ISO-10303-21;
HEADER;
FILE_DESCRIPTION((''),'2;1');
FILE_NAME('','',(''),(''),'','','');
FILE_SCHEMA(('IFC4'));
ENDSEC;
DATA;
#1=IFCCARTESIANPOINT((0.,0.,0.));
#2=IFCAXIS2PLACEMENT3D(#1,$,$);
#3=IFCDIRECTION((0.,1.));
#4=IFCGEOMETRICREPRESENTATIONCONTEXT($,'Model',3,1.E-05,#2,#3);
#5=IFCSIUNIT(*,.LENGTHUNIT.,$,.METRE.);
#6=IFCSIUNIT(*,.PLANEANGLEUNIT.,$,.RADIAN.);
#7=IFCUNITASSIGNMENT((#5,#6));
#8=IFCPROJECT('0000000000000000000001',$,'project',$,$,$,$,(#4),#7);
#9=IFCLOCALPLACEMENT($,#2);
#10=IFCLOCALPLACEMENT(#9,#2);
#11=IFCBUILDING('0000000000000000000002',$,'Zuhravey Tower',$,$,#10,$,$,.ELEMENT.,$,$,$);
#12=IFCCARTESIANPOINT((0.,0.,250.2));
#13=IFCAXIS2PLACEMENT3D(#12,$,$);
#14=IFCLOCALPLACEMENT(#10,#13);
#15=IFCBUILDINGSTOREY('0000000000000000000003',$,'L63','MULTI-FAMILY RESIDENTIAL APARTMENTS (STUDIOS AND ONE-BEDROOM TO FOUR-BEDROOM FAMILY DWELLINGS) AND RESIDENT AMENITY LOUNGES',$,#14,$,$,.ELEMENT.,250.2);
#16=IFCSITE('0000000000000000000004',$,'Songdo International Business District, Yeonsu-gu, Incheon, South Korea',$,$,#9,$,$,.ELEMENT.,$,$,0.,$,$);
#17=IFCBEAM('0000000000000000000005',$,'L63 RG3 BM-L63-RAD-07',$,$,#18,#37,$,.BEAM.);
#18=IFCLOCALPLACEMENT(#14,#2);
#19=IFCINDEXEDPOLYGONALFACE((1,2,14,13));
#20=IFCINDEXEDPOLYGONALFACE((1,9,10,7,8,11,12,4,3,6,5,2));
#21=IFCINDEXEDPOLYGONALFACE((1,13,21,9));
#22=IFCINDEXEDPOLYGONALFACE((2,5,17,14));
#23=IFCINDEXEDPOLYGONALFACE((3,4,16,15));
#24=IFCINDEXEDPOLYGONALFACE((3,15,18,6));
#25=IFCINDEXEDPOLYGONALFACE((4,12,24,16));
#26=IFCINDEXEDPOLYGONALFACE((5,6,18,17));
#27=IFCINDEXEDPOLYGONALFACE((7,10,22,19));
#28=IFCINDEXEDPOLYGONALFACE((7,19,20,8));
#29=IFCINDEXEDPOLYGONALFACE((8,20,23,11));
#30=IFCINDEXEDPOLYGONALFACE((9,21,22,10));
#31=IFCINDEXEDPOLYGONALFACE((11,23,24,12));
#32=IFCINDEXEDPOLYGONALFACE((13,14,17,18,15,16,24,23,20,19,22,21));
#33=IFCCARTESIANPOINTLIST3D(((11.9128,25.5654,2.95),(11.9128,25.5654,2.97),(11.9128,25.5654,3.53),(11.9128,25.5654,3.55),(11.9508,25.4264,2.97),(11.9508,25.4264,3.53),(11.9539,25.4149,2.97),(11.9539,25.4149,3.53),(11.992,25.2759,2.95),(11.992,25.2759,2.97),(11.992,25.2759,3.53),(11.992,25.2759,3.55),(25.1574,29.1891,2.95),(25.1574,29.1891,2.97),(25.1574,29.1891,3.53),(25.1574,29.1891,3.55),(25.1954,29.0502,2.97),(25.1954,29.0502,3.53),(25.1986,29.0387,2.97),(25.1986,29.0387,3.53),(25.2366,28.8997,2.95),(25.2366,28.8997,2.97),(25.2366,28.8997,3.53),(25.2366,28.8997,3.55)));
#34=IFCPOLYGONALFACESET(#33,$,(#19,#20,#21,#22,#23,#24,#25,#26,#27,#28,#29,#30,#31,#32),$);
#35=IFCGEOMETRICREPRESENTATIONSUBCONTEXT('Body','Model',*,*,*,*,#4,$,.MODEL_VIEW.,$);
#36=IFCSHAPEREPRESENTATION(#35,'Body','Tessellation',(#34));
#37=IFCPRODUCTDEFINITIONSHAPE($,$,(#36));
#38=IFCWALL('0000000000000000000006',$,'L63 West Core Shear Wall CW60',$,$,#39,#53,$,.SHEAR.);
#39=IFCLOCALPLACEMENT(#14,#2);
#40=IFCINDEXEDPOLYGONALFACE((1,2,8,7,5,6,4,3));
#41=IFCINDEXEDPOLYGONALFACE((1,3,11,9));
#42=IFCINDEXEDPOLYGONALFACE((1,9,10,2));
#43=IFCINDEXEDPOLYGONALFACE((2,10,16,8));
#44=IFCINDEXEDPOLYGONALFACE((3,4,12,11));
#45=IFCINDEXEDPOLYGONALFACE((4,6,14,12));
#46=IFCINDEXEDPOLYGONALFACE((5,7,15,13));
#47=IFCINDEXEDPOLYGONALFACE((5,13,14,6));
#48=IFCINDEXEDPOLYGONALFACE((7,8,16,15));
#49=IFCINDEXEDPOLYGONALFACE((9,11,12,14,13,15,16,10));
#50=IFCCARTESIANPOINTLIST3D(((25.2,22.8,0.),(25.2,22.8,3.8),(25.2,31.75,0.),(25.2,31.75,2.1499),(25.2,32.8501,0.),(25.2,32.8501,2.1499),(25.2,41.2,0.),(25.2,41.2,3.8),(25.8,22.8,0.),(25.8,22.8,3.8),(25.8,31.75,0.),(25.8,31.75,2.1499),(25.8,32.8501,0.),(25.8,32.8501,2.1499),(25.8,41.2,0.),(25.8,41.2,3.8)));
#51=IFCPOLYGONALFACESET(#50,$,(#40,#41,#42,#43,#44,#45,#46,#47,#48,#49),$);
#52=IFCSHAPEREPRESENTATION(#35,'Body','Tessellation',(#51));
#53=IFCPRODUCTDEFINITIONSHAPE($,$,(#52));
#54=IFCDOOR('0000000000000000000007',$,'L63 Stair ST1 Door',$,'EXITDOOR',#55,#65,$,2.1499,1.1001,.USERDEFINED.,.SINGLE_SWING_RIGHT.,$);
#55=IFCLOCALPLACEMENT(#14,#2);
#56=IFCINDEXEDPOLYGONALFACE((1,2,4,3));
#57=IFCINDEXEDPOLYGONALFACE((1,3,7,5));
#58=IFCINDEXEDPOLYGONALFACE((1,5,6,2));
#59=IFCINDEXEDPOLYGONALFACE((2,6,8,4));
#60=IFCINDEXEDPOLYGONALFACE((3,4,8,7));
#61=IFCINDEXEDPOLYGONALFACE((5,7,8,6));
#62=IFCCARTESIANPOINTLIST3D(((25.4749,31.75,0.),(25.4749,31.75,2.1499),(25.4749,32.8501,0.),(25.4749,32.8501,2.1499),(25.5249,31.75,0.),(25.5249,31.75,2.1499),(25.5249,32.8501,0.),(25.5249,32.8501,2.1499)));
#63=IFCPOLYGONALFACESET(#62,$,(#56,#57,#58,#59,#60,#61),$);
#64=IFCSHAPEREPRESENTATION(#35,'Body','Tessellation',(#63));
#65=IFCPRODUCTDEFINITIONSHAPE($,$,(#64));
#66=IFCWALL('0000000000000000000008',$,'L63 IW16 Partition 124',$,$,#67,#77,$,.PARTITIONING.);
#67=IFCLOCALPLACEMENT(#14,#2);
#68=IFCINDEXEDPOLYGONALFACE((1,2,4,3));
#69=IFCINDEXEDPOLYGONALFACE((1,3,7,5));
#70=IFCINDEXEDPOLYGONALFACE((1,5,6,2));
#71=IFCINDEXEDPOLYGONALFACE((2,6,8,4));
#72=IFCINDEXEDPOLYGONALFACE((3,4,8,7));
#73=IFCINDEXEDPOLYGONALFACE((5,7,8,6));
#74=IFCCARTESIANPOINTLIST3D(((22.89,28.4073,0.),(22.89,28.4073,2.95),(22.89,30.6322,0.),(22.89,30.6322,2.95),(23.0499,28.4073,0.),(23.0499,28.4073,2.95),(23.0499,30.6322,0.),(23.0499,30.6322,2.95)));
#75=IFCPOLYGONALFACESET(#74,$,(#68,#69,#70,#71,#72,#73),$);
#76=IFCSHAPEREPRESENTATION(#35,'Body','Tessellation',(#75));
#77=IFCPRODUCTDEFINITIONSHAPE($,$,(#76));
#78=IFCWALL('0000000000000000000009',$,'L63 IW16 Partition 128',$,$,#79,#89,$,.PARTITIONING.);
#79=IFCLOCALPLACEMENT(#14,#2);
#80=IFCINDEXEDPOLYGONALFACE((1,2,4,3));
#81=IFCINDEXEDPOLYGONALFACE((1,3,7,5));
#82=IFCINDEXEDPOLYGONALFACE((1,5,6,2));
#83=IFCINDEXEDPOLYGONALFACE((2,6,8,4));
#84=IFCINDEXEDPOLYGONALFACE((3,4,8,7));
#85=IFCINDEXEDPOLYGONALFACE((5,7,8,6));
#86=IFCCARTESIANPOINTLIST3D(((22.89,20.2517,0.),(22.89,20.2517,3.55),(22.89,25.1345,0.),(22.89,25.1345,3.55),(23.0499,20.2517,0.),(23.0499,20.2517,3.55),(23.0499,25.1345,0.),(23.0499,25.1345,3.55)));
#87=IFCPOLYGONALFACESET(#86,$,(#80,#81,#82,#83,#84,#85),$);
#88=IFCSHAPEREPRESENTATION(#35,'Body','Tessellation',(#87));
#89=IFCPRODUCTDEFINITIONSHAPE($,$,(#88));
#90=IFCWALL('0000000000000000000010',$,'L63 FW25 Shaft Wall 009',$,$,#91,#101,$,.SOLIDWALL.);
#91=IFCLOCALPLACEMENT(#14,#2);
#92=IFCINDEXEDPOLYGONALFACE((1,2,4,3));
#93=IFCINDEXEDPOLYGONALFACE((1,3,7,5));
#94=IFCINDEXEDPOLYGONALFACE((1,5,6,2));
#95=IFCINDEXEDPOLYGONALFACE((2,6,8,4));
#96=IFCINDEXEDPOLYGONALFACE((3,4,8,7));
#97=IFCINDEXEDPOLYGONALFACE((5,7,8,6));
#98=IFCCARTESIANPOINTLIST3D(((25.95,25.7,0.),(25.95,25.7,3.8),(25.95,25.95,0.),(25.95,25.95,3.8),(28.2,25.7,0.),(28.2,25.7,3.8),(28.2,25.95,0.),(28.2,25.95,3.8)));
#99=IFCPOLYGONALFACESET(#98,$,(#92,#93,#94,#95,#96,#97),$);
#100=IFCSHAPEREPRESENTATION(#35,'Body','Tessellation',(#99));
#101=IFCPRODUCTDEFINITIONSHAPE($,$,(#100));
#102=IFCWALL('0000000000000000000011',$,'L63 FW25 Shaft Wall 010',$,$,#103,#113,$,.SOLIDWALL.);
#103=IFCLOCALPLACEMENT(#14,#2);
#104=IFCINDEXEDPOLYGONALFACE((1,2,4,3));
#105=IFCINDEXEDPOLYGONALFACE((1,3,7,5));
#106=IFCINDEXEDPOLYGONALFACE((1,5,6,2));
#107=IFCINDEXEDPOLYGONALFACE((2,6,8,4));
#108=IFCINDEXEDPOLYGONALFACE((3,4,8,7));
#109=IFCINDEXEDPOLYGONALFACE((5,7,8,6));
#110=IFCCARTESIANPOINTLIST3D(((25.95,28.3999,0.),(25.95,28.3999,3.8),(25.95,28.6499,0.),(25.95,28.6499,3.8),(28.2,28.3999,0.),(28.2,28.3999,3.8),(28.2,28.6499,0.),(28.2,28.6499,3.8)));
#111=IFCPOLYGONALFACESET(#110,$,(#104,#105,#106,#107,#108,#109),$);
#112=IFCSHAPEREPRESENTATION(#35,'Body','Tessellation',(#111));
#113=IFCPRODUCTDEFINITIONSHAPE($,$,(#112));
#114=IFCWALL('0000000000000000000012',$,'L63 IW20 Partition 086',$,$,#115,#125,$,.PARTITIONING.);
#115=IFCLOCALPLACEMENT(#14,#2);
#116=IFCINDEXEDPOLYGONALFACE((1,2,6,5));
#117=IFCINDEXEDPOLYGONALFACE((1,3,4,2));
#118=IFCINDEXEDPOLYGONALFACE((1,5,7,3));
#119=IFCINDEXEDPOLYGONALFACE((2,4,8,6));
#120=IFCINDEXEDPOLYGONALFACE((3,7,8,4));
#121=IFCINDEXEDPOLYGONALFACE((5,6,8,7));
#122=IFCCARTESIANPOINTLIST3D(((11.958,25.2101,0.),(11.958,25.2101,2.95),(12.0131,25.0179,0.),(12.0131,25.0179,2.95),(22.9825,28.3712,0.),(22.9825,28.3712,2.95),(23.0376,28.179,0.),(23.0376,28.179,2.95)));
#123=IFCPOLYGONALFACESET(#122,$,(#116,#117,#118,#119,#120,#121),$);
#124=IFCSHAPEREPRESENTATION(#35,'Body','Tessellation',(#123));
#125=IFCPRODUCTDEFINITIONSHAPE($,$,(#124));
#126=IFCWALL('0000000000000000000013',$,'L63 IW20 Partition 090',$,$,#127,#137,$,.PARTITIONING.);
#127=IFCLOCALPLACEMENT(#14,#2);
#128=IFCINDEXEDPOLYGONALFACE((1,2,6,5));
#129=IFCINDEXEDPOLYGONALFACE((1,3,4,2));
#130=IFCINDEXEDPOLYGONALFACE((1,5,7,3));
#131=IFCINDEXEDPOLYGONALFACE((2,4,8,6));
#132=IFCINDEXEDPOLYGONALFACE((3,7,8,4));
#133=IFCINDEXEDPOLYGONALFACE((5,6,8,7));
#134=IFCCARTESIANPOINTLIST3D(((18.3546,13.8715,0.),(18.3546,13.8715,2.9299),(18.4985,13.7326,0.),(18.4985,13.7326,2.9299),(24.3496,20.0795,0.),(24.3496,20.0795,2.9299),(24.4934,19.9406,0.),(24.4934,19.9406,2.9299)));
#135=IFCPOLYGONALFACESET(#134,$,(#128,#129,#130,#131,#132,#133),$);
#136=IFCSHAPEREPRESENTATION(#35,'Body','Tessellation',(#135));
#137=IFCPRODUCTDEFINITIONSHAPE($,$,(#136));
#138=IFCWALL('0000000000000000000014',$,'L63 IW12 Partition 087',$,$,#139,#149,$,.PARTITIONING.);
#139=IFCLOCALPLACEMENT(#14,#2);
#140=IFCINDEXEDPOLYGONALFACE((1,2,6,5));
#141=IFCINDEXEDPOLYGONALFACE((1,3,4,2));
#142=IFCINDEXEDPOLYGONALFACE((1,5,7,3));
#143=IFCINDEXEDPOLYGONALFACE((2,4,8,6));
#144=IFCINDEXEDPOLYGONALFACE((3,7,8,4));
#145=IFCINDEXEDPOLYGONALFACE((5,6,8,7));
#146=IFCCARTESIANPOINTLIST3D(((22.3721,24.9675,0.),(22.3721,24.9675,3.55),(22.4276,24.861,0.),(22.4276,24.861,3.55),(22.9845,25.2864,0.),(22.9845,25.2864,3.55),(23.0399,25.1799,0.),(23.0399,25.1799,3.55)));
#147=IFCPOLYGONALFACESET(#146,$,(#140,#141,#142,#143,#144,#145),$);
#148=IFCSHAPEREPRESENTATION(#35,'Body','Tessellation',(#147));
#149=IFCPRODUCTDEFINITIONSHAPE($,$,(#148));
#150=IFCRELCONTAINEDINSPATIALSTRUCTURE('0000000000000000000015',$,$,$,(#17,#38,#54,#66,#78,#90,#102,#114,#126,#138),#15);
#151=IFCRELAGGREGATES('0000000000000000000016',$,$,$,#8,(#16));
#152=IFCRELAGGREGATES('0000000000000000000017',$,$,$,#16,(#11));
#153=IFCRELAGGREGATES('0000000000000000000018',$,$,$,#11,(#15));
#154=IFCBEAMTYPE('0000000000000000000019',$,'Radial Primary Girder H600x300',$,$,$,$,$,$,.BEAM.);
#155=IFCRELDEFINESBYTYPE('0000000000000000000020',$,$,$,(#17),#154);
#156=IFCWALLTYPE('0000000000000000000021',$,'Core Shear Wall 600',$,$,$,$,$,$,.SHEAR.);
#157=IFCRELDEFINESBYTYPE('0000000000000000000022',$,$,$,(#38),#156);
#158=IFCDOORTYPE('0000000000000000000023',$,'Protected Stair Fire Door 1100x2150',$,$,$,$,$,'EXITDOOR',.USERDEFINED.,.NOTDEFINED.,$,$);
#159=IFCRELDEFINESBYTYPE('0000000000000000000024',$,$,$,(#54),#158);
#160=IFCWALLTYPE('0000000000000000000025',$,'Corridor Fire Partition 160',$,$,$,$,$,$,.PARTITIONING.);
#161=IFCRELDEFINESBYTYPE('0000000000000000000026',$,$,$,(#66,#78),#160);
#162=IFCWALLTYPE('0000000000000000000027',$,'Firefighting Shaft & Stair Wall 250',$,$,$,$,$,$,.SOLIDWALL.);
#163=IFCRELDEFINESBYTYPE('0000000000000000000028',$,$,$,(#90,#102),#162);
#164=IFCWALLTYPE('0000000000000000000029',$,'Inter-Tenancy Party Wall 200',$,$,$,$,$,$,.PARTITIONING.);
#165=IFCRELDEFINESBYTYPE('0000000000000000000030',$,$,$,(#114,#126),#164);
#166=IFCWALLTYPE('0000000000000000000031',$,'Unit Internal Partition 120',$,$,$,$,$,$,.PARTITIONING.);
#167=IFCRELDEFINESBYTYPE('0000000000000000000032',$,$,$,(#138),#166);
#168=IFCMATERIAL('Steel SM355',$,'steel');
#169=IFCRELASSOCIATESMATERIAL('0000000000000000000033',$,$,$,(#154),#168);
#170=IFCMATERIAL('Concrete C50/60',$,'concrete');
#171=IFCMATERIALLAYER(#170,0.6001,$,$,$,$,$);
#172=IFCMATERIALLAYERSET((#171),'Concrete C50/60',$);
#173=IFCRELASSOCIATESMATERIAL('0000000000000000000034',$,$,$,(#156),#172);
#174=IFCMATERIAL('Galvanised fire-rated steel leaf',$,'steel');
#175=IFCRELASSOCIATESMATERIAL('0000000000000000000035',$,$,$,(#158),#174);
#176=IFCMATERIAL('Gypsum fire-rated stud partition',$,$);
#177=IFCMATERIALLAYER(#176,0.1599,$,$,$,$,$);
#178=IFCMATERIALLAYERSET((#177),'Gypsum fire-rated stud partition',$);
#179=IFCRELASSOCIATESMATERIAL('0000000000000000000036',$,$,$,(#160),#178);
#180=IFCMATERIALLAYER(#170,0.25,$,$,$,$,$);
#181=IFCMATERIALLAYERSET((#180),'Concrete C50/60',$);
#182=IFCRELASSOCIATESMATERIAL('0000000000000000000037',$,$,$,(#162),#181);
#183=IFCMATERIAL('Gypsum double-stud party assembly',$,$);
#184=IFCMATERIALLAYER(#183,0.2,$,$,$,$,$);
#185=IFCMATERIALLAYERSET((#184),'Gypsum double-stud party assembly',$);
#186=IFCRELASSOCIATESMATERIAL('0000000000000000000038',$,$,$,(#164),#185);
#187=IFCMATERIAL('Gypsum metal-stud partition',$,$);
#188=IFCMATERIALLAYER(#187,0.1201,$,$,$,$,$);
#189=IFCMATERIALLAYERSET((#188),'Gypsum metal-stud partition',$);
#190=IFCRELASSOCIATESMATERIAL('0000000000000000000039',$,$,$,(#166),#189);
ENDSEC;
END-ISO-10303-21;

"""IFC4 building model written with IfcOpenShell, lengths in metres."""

from ifc_helpers import new_model, si_unit, direction, frame, frame_2d, origin, origin_2d, place, context, subcontext, project, spatial, rectangle, i_section, extrude, material, layer, layer_set, material_profile, profile_set, type_object, element, fill, save


model = new_model("IFC4")

# Units and contexts
model_context = context("Model", 3, precision=1e-05, world=origin(), true_north=direction((0.0, 1.0)))
body_context = subcontext(model_context, "Body", "Model", "MODEL_VIEW")
ifc_project = project(units=[si_unit("LENGTHUNIT", "METRE"), si_unit("PLANEANGLEUNIT", "RADIAN")], contexts=[model_context])

# Site, building, storey
site_placement = place(None, origin())
site = spatial("IfcSite", under=ifc_project, at=site_placement, Name="Songdo International Business District, Yeonsu-gu, Incheon, South Korea", CompositionType="ELEMENT", RefElevation=0.0)
building_placement = place(site_placement, origin())
building = spatial("IfcBuilding", under=site, at=building_placement, Name="Zuhravey Tower", CompositionType="ELEMENT")
storey_placement = place(building_placement, frame((0.0, 0.0, 250.2)))
storey = spatial("IfcBuildingStorey", under=building, at=storey_placement, Name="L63", Description="MULTI-FAMILY RESIDENTIAL APARTMENTS (STUDIOS AND ONE-BEDROOM TO FOUR-BEDROOM FAMILY DWELLINGS) AND RESIDENT AMENITY LOUNGES", CompositionType="ELEMENT", Elevation=250.2)

# Beam
ifc_material_1 = material(Name="Steel SM355", Category="steel")
ifc_material_profile = material_profile(ifc_material_1, i_section(OverallWidth=0.3, OverallDepth=0.6001, WebThickness=0.012, FlangeThickness=0.02, at=origin_2d()), Name="H-600x300x12x20")
ifc_profile_set = profile_set([ifc_material_profile], Name="Steel SM355")
beam_type = type_object("IfcBeamType", Name="Radial Primary Girder H600x300", PredefinedType="BEAM", material=ifc_profile_set)
beam_placement = place(storey_placement, frame((25.197, 29.0444, 3.25), z_axis=(-0.964549, -0.263904, 0.0), x_axis=(0.263904, -0.964549, 0.0)))
element("IfcBeam", 1, at=beam_placement, inside=storey, type_object=beam_type, Name="L63 RG3 BM-L63-RAD-07", PredefinedType="BEAM", context=body_context, shape_type="SweptSolid", body=[
    extrude(i_section(OverallWidth=0.3, OverallDepth=0.6001, WebThickness=0.012, FlangeThickness=0.02, at=origin_2d()), origin(), (0.0, 0.0, 1.0), 13.7314),
])

# Wall, opening, door
ifc_material_2 = material(Name="Concrete C50/60", Category="concrete")
ifc_layer_1 = layer(ifc_material_2, 0.6001)
ifc_layer_set_1 = layer_set([ifc_layer_1], Name="Concrete C50/60")
wall_type_1 = type_object("IfcWallType", Name="Core Shear Wall 600", PredefinedType="SHEAR", material=ifc_layer_set_1)
ifc_material_3 = material(Name="Galvanised fire-rated steel leaf", Category="steel")
wall_1_placement = place(storey_placement, frame((25.5, 22.8, 0.0), z_axis=(0.0, 0.0, 1.0), x_axis=(0.0, 1.0, 0.0)))
wall_1 = element("IfcWall", 2, at=wall_1_placement, inside=storey, type_object=wall_type_1, Name="L63 West Core Shear Wall CW60", PredefinedType="SHEAR", context=body_context, shape_type="SweptSolid", body=[
    extrude(rectangle(XDim=18.3999, YDim=0.6001, at=frame_2d((9.2, 0.0))), origin(), (0.0, 0.0, 1.0), 3.8),
])
opening_1_placement = place(wall_1_placement, frame((8.95, 0.0, 0.0)))
opening_1 = element("IfcOpeningElement", 3, at=opening_1_placement, cuts=wall_1, PredefinedType="OPENING", context=body_context, shape_type="SweptSolid", body=[
    extrude(rectangle(XDim=1.1001, YDim=2.1499, at=frame_2d((0.55, 1.075))), frame((0.0, 0.312, 0.0), z_axis=(0.0, -1.0, 0.0), x_axis=(1.0, 0.0, 0.0)), (0.0, 0.0, 1.0), 0.624),
])
door_type_1 = type_object("IfcDoorType", Name="Protected Stair Fire Door 1100x2150", ElementType="EXITDOOR", OperationType="NOTDEFINED", PredefinedType="USERDEFINED", material=ifc_material_3)
door_1_placement = place(opening_1_placement, frame((1.1001, 0.0, 0.0), z_axis=(0.0, 0.0, 1.0), x_axis=(-1.0, 0.0, 0.0)))
door_1 = element("IfcDoor", 4, at=door_1_placement, inside=storey, type_object=door_type_1, Name="L63 Stair ST1 Door", ObjectType="EXITDOOR", OperationType="SINGLE_SWING_RIGHT", OverallHeight=2.1499, OverallWidth=1.1001, PredefinedType="USERDEFINED", context=body_context, shape_type="SweptSolid", body=[
    extrude(rectangle(XDim=1.1001, YDim=2.1499, at=frame_2d((0.55, 1.075))), frame((0.0, 0.0249, 0.0), z_axis=(0.0, -1.0, 0.0), x_axis=(1.0, 0.0, 0.0)), (0.0, 0.0, 1.0), 0.05),
])
fill(opening_1, door_1)
ifc_material_4 = material(Name="Gypsum fire-rated stud partition")
ifc_layer_2 = layer(ifc_material_4, 0.1599)
ifc_layer_set_2 = layer_set([ifc_layer_2], Name="Gypsum fire-rated stud partition")
wall_type_2 = type_object("IfcWallType", Name="Corridor Fire Partition 160", PredefinedType="PARTITIONING", material=ifc_layer_set_2)

# Walls
wall_2_placement = place(storey_placement, frame((22.97, 30.6321, 0.0), z_axis=(0.0, 0.0, 1.0), x_axis=(0.0, -1.0, 0.0)))
element("IfcWall", 5, at=wall_2_placement, inside=storey, type_object=wall_type_2, Name="L63 IW16 Partition 124", PredefinedType="PARTITIONING", context=body_context, shape_type="SweptSolid", body=[
    extrude(rectangle(XDim=2.2249, YDim=0.1599, at=frame_2d((1.1123, 0.0))), origin(), (0.0, 0.0, 1.0), 2.95),
])
wall_3_placement = place(storey_placement, frame((22.97, 25.1345, 0.0), z_axis=(0.0, 0.0, 1.0), x_axis=(0.0, -1.0, 0.0)))
element("IfcWall", 6, at=wall_3_placement, inside=storey, type_object=wall_type_2, Name="L63 IW16 Partition 128", PredefinedType="PARTITIONING", context=body_context, shape_type="SweptSolid", body=[
    extrude(rectangle(XDim=4.8828, YDim=0.1599, at=frame_2d((2.4414, 0.0))), origin(), (0.0, 0.0, 1.0), 3.55),
])
ifc_layer_3 = layer(ifc_material_2, 0.25)
ifc_layer_set_3 = layer_set([ifc_layer_3], Name="Concrete C50/60")
wall_type_3 = type_object("IfcWallType", Name="Firefighting Shaft & Stair Wall 250", PredefinedType="SOLIDWALL", material=ifc_layer_set_3)
for number, where, z_axis, x_axis, name in (
    (7, (25.95, 25.825, 0.0), (0.0, 0.0, 1.0), (1.0, 0.0, 0.0), "L63 FW25 Shaft Wall 009"),
    (8, (25.95, 28.5249, 0.0), (0.0, 0.0, 1.0), (1.0, 0.0, 0.0), "L63 FW25 Shaft Wall 010"),
):
    element("IfcWall", number, at=place(storey_placement, frame(where, z_axis=z_axis, x_axis=x_axis)), inside=storey, type_object=wall_type_3, Name=name, PredefinedType="SOLIDWALL", context=body_context, shape_type="SweptSolid", body=[
        extrude(rectangle(XDim=2.25, YDim=0.25, at=frame_2d((1.125, 0.0))), origin(), (0.0, 0.0, 1.0), 3.8),
    ])
ifc_material_5 = material(Name="Gypsum double-stud party assembly")
ifc_layer_4 = layer(ifc_material_5, 0.2)
ifc_layer_set_4 = layer_set([ifc_layer_4], Name="Gypsum double-stud party assembly")
wall_type_4 = type_object("IfcWallType", Name="Inter-Tenancy Party Wall 200", PredefinedType="PARTITIONING", material=ifc_layer_set_4)
wall_4_placement = place(storey_placement, frame((23.01, 28.2751, 0.0), z_axis=(0.0, 0.0, 1.0), x_axis=(-0.961263, -0.275632, 0.0)))
element("IfcWall", 9, at=wall_4_placement, inside=storey, type_object=wall_type_4, Name="L63 IW20 Partition 086", PredefinedType="PARTITIONING", context=body_context, shape_type="SweptSolid", body=[
    extrude(rectangle(XDim=11.4688, YDim=0.2, at=frame_2d((5.7344, 0.0))), origin(), (0.0, 0.0, 1.0), 2.95),
])
wall_5_placement = place(storey_placement, frame((24.4214, 20.01, 0.0), z_axis=(0.0, 0.0, 1.0), x_axis=(-0.694651, -0.719347, 0.0)))
element("IfcWall", 10, at=wall_5_placement, inside=storey, type_object=wall_type_4, Name="L63 IW20 Partition 090", PredefinedType="PARTITIONING", context=body_context, shape_type="SweptSolid", body=[
    extrude(rectangle(XDim=8.6301, YDim=0.2, at=frame_2d((4.3149, 0.0))), origin(), (0.0, 0.0, 1.0), 2.9299),
])
ifc_material_6 = material(Name="Gypsum metal-stud partition")
ifc_layer_5 = layer(ifc_material_6, 0.1201)
ifc_layer_set_5 = layer_set([ifc_layer_5], Name="Gypsum metal-stud partition")
wall_type_5 = type_object("IfcWallType", Name="Unit Internal Partition 120", PredefinedType="PARTITIONING", material=ifc_layer_set_5)
wall_6_placement = place(storey_placement, frame((23.0122, 25.2332, 0.0), z_axis=(0.0, 0.0, 1.0), x_axis=(-0.88695, -0.461865, 0.0)))
element("IfcWall", 11, at=wall_6_placement, inside=storey, type_object=wall_type_5, Name="L63 IW12 Partition 087", PredefinedType="PARTITIONING", context=body_context, shape_type="SweptSolid", body=[
    extrude(rectangle(XDim=0.6904, YDim=0.1201, at=frame_2d((0.3452, 0.0))), origin(), (0.0, 0.0, 1.0), 3.55),
])

save(model, "model.ifc")
